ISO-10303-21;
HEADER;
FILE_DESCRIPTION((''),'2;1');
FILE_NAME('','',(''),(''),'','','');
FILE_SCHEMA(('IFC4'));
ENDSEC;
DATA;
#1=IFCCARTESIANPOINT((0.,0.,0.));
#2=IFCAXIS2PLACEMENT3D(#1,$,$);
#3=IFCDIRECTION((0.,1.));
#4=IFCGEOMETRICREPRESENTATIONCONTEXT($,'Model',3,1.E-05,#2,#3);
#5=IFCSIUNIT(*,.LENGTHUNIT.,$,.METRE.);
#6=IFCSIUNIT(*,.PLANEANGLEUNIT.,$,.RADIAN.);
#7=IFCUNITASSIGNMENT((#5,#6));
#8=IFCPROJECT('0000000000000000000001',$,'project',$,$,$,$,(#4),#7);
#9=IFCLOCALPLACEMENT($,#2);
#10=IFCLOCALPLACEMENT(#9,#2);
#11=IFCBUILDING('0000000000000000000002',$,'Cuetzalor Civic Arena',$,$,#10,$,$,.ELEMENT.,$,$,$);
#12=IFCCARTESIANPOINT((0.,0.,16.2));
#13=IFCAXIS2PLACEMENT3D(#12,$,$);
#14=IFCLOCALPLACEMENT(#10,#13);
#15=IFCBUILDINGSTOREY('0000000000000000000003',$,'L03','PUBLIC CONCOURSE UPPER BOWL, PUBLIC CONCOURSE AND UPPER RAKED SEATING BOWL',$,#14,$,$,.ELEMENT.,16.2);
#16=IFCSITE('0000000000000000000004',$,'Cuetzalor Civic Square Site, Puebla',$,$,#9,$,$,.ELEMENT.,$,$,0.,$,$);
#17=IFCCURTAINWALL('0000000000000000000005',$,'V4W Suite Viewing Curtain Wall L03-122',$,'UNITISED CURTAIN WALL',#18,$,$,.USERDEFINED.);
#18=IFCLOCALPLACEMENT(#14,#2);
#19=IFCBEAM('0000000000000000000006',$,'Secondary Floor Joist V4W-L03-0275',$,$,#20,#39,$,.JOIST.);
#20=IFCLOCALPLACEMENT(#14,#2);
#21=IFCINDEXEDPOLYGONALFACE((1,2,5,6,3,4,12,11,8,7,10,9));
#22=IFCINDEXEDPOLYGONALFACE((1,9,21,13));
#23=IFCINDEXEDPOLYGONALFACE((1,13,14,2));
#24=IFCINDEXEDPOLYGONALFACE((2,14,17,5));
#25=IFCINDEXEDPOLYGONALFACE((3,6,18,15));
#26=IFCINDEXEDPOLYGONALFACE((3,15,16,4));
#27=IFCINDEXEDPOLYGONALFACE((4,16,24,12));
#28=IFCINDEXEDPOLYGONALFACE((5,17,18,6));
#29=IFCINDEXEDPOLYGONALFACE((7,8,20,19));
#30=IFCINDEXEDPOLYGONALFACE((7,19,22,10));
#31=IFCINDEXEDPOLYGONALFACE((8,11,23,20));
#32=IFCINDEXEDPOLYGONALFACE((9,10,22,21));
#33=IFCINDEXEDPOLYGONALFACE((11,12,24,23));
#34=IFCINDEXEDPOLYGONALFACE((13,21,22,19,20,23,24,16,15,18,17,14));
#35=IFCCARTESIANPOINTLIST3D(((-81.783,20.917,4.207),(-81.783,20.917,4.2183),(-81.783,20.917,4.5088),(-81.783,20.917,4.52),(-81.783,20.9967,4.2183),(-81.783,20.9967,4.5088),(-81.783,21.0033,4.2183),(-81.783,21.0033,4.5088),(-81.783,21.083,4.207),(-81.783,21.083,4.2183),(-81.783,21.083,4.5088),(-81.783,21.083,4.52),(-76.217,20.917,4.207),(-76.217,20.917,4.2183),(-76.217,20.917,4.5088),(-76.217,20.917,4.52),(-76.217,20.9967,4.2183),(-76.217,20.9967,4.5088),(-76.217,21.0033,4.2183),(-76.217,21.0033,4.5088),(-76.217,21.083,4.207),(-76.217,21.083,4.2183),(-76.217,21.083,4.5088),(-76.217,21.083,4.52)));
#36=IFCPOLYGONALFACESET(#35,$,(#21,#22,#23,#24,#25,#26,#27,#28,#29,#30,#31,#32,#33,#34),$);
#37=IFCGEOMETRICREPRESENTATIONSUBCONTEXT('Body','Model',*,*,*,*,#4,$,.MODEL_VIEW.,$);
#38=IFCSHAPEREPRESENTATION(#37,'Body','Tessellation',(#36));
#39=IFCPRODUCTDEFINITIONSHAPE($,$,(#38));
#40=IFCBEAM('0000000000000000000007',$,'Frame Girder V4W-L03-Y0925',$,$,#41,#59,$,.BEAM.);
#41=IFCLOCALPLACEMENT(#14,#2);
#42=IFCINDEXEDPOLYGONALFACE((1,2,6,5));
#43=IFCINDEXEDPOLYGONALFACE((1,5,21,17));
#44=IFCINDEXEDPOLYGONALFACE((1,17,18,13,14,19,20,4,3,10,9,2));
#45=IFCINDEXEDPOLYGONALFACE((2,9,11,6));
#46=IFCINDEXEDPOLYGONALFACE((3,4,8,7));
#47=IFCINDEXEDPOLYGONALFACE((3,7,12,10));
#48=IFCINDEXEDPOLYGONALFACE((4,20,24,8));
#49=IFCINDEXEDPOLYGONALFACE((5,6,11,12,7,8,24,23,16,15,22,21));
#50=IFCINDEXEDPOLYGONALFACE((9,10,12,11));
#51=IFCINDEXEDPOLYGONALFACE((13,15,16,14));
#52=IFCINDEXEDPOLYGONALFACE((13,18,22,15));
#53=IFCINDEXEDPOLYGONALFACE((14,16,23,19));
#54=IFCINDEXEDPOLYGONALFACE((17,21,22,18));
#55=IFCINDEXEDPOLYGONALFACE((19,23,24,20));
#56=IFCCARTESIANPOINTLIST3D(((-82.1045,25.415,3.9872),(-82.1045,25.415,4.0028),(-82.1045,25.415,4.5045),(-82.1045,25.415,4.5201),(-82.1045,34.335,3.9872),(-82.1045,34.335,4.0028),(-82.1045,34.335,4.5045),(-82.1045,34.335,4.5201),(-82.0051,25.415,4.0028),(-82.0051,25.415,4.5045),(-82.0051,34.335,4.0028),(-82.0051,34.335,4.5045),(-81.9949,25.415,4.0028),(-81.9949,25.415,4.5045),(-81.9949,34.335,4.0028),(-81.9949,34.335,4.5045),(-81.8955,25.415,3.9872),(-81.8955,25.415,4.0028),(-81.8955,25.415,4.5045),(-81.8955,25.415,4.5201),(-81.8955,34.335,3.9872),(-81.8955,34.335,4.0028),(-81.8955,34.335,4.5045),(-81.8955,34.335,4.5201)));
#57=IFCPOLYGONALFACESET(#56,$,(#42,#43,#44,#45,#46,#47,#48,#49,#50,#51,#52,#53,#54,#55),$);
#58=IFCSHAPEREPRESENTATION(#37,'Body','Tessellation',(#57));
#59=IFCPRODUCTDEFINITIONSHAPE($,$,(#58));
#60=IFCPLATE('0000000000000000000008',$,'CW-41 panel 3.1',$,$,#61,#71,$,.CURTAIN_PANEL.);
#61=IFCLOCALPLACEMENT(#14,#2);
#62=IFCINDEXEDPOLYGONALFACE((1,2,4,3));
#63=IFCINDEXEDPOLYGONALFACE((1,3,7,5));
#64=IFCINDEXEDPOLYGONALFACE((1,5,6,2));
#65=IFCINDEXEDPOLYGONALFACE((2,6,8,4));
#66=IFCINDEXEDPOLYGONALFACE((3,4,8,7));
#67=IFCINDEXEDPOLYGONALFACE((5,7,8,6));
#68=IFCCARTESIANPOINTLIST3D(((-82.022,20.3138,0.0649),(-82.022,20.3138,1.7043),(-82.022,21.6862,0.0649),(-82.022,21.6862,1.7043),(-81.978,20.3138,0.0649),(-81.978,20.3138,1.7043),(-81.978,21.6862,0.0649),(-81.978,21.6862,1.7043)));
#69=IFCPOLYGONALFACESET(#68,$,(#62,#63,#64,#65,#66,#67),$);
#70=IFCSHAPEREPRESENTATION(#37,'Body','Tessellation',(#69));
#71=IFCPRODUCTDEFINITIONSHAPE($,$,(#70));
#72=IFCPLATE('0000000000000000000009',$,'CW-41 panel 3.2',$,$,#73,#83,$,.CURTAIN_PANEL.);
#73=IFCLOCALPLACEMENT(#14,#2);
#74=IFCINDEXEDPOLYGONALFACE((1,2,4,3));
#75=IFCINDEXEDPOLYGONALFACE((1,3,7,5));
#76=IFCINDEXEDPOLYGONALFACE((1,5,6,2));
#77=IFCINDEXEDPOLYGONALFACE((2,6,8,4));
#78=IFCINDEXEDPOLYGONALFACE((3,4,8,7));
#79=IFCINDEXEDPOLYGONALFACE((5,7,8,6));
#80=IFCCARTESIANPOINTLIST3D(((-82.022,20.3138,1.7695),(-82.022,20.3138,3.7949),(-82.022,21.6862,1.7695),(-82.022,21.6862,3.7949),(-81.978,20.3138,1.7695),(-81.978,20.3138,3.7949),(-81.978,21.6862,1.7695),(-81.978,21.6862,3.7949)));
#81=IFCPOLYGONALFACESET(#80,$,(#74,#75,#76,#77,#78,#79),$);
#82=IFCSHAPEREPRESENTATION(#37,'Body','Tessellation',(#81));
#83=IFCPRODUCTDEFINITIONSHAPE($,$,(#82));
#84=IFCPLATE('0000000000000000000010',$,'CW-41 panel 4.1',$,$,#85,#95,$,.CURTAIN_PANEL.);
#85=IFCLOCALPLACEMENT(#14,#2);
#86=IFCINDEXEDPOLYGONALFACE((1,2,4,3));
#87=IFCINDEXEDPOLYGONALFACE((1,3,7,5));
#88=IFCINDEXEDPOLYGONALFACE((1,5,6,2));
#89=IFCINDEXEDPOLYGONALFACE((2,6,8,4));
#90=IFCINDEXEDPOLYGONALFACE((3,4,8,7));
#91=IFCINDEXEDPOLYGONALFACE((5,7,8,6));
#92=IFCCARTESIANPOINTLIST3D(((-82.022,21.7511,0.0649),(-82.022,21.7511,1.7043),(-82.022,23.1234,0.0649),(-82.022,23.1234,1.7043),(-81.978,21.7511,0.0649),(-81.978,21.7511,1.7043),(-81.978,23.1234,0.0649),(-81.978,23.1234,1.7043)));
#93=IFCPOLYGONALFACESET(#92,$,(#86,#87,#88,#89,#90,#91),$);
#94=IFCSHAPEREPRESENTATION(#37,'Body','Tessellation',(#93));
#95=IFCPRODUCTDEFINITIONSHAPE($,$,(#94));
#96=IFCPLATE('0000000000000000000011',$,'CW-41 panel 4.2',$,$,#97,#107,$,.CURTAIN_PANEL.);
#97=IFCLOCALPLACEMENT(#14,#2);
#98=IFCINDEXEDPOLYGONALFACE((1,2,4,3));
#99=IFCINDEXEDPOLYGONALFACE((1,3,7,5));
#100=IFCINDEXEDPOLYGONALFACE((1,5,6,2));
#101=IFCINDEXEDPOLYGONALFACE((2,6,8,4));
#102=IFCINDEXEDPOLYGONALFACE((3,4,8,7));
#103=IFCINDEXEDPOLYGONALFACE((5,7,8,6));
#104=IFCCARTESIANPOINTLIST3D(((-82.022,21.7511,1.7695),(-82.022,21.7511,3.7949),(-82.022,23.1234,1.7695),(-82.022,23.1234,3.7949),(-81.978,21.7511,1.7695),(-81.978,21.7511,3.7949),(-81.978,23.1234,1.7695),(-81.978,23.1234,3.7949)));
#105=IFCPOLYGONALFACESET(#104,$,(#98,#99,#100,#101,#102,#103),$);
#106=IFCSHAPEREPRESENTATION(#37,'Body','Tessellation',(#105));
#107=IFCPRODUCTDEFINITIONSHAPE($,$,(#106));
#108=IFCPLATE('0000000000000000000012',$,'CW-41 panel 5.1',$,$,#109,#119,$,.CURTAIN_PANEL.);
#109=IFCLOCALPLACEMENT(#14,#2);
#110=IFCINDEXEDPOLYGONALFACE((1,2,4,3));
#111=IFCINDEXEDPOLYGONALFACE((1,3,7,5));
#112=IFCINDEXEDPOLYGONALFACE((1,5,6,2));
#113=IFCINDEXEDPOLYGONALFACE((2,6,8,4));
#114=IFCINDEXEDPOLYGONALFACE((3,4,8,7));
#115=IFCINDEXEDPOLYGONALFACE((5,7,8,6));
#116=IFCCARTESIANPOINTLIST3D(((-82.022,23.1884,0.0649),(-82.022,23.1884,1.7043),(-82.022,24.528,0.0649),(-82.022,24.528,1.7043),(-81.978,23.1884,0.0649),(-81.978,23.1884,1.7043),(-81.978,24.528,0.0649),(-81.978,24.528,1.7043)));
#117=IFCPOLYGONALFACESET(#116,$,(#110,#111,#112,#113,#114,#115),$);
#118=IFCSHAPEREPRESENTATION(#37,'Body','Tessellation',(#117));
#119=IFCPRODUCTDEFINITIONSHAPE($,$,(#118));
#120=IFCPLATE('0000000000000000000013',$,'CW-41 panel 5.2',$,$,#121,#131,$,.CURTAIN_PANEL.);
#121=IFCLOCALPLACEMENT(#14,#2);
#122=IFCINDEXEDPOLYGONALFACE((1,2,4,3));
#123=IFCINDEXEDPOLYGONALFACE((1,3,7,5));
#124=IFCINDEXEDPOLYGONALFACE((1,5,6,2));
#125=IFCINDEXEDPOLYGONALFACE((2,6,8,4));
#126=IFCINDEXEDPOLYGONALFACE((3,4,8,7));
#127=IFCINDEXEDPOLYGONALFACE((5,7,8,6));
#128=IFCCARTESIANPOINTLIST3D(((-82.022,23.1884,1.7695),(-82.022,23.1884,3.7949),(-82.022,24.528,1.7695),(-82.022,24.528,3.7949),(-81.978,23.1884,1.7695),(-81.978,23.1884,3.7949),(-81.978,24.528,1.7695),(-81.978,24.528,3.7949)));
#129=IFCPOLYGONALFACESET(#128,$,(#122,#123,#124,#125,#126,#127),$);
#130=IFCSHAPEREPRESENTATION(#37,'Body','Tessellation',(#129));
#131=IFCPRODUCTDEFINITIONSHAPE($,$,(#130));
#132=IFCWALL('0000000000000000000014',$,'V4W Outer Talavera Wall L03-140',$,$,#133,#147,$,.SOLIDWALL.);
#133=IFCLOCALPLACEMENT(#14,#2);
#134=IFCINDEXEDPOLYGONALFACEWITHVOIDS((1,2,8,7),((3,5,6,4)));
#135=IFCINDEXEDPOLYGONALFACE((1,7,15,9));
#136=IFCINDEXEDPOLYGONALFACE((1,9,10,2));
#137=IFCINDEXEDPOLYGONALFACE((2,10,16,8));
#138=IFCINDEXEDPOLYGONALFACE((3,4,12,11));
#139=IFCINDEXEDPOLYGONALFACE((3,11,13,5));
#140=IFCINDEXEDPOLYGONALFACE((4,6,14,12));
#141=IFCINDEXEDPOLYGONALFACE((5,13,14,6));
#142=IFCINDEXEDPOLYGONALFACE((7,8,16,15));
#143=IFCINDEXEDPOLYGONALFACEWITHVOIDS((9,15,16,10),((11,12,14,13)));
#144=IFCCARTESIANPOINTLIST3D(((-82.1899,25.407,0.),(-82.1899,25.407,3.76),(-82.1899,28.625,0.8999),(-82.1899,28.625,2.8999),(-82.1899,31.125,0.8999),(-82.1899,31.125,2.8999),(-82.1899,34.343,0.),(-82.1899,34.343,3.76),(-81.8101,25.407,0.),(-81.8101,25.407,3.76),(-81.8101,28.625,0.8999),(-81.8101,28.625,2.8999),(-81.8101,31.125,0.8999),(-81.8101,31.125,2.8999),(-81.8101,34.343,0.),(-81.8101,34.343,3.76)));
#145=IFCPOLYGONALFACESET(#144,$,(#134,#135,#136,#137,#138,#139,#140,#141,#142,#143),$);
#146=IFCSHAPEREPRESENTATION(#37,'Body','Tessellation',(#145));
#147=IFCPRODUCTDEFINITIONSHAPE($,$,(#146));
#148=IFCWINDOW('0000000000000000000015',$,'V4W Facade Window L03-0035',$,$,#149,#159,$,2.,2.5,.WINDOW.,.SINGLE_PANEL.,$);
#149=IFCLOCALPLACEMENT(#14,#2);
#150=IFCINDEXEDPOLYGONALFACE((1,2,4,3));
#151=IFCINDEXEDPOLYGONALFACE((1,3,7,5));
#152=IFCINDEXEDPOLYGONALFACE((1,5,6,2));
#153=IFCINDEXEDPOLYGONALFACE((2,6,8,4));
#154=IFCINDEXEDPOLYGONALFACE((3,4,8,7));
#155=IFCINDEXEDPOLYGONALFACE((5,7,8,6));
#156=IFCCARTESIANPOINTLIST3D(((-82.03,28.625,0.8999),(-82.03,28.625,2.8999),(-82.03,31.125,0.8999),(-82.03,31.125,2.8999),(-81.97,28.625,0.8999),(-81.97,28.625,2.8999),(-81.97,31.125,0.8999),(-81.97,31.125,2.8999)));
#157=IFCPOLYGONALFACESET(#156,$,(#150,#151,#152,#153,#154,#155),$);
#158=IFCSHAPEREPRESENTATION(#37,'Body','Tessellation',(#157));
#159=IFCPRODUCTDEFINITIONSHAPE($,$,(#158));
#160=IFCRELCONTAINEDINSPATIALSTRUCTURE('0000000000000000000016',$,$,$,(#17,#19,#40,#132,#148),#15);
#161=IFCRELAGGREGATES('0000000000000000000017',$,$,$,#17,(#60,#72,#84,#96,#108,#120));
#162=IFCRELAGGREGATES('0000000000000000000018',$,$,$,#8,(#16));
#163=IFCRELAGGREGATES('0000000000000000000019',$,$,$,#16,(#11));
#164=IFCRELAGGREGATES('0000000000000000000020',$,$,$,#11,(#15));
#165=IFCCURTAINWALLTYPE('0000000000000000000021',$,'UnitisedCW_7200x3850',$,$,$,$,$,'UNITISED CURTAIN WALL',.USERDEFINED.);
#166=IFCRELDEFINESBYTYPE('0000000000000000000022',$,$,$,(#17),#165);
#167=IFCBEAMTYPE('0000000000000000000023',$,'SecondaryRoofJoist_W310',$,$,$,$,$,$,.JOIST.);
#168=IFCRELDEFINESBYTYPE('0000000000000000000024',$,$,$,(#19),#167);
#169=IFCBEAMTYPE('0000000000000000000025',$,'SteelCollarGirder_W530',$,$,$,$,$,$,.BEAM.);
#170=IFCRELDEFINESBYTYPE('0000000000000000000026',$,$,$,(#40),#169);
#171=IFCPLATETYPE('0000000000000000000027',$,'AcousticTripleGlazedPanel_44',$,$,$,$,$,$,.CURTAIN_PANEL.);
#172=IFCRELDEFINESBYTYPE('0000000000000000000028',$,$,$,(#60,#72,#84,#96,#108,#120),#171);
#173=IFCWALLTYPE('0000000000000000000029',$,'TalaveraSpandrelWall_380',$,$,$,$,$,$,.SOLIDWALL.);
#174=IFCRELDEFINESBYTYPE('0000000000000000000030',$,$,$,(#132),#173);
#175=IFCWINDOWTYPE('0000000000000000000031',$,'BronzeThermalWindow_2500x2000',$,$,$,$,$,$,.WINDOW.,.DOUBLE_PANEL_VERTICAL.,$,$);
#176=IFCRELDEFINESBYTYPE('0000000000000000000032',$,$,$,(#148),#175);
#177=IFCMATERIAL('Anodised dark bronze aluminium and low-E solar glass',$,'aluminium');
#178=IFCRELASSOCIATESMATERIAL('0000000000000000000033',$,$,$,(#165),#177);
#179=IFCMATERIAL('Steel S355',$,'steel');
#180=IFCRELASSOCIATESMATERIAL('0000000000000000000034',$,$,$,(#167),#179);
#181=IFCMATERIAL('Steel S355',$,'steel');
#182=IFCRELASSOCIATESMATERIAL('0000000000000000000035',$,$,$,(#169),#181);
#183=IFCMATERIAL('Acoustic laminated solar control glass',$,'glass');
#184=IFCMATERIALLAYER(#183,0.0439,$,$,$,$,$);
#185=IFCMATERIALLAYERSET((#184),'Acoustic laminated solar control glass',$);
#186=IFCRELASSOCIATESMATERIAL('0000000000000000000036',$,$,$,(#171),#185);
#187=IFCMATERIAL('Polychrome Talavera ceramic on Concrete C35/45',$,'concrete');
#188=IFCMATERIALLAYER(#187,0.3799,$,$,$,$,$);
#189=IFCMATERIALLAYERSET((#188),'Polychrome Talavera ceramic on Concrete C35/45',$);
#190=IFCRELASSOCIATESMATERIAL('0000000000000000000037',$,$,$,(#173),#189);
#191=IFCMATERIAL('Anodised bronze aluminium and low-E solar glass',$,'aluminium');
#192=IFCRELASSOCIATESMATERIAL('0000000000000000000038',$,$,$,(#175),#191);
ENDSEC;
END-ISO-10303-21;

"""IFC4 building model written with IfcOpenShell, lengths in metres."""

from ifc_helpers import new_model, si_unit, direction, frame, frame_2d, origin, origin_2d, place, context, subcontext, project, spatial, rectangle, i_section, extrude, material, layer, layer_set, material_profile, profile_set, type_object, element, fill, aggregate, save


model = new_model("IFC4")

# Units and contexts
model_context = context("Model", 3, precision=1e-05, world=origin(), true_north=direction((0.0, 1.0)))
body_context = subcontext(model_context, "Body", "Model", "MODEL_VIEW")
ifc_project = project(units=[si_unit("LENGTHUNIT", "METRE"), si_unit("PLANEANGLEUNIT", "RADIAN")], contexts=[model_context])

# Site, building, storey
site_placement = place(None, origin())
site = spatial("IfcSite", under=ifc_project, at=site_placement, Name="Cuetzalor Civic Square Site, Puebla", CompositionType="ELEMENT", RefElevation=0.0)
building_placement = place(site_placement, origin())
building = spatial("IfcBuilding", under=site, at=building_placement, Name="Cuetzalor Civic Arena", CompositionType="ELEMENT")
storey_placement = place(building_placement, frame((0.0, 0.0, 16.2)))
storey = spatial("IfcBuildingStorey", under=building, at=storey_placement, Name="L03", Description="PUBLIC CONCOURSE UPPER BOWL, PUBLIC CONCOURSE AND UPPER RAKED SEATING BOWL", CompositionType="ELEMENT", Elevation=16.2)

# Curtain wall
ifc_material_1 = material(Name="Anodised dark bronze aluminium and low-E solar glass", Category="aluminium")
curtain_wall_type = type_object("IfcCurtainWallType", Name="UnitisedCW_7200x3850", ElementType="UNITISED CURTAIN WALL", PredefinedType="USERDEFINED", material=ifc_material_1)
curtain_wall_placement = place(storey_placement, origin())
curtain_wall = element("IfcCurtainWall", 1, at=curtain_wall_placement, inside=storey, type_object=curtain_wall_type, Name="V4W Suite Viewing Curtain Wall L03-122", ObjectType="UNITISED CURTAIN WALL", PredefinedType="USERDEFINED")

# Beams
ifc_material_2 = material(Name="Steel S355", Category="steel")
ifc_material_profile_1 = material_profile(ifc_material_2, i_section(OverallWidth=0.166, OverallDepth=0.313, WebThickness=0.0066, FlangeThickness=0.0112, at=origin_2d()), Name="W310x45")
ifc_profile_set_1 = profile_set([ifc_material_profile_1], Name="Steel S355")
beam_type_1 = type_object("IfcBeamType", Name="SecondaryRoofJoist_W310", PredefinedType="JOIST", material=ifc_profile_set_1)
beam_1_placement = place(storey_placement, frame((-81.783, 21.0, 4.3635), z_axis=(1.0, 0.0, 0.0), x_axis=(0.0, 1.0, 0.0)))
element("IfcBeam", 2, at=beam_1_placement, inside=storey, type_object=beam_type_1, Name="Secondary Floor Joist V4W-L03-0275", PredefinedType="JOIST", context=body_context, shape_type="SweptSolid", body=[
    extrude(i_section(OverallWidth=0.166, OverallDepth=0.313, WebThickness=0.0066, FlangeThickness=0.0112, at=origin_2d()), origin(), (0.0, 0.0, 1.0), 5.5659),
])
ifc_material_3 = material(Name="Steel S355", Category="steel")
ifc_material_profile_2 = material_profile(ifc_material_3, i_section(OverallWidth=0.209, OverallDepth=0.533, WebThickness=0.0103, FlangeThickness=0.0156, at=origin_2d()), Name="W530x92")
ifc_profile_set_2 = profile_set([ifc_material_profile_2], Name="Steel S355")
beam_type_2 = type_object("IfcBeamType", Name="SteelCollarGirder_W530", PredefinedType="BEAM", material=ifc_profile_set_2)
beam_2_placement = place(storey_placement, frame((-82.0, 25.415, 4.2537), z_axis=(0.0, 1.0, 0.0), x_axis=(-1.0, 0.0, 0.0)))
element("IfcBeam", 3, at=beam_2_placement, inside=storey, type_object=beam_type_2, Name="Frame Girder V4W-L03-Y0925", PredefinedType="BEAM", context=body_context, shape_type="SweptSolid", body=[
    extrude(i_section(OverallWidth=0.209, OverallDepth=0.533, WebThickness=0.0103, FlangeThickness=0.0156, at=origin_2d()), origin(), (0.0, 0.0, 1.0), 8.9199),
])

# Plates
ifc_material_4 = material(Name="Acoustic laminated solar control glass", Category="glass")
ifc_layer_1 = layer(ifc_material_4, 0.0439)
ifc_layer_set_1 = layer_set([ifc_layer_1], Name="Acoustic laminated solar control glass")
plate_type = type_object("IfcPlateType", Name="AcousticTripleGlazedPanel_44", PredefinedType="CURTAIN_PANEL", material=ifc_layer_set_1)
plate_1_placement = place(storey_placement, frame((-82.0, 21.0, 0.0649), z_axis=(0.0, 0.0, 1.0), x_axis=(0.0, 1.0, 0.0)))
plate_1 = element("IfcPlate", 4, at=plate_1_placement, type_object=plate_type, Name="CW-41 panel 3.1", PredefinedType="CURTAIN_PANEL", context=body_context, shape_type="SweptSolid", body=[
    extrude(rectangle(XDim=1.3723, YDim=0.0439, at=origin_2d()), origin(), (0.0, 0.0, 1.0), 1.6394),
])
plate_2_placement = place(storey_placement, frame((-82.0, 21.0, 1.7695), z_axis=(0.0, 0.0, 1.0), x_axis=(0.0, 1.0, 0.0)))
plate_2 = element("IfcPlate", 5, at=plate_2_placement, type_object=plate_type, Name="CW-41 panel 3.2", PredefinedType="CURTAIN_PANEL", context=body_context, shape_type="SweptSolid", body=[
    extrude(rectangle(XDim=1.3723, YDim=0.0439, at=origin_2d()), origin(), (0.0, 0.0, 1.0), 2.0254),
])
plate_3_placement = place(storey_placement, frame((-82.0, 22.4373, 0.0649), z_axis=(0.0, 0.0, 1.0), x_axis=(0.0, 1.0, 0.0)))
plate_3 = element("IfcPlate", 6, at=plate_3_placement, type_object=plate_type, Name="CW-41 panel 4.1", PredefinedType="CURTAIN_PANEL", context=body_context, shape_type="SweptSolid", body=[
    extrude(rectangle(XDim=1.3723, YDim=0.0439, at=origin_2d()), origin(), (0.0, 0.0, 1.0), 1.6394),
])
plate_4_placement = place(storey_placement, frame((-82.0, 22.4373, 1.7695), z_axis=(0.0, 0.0, 1.0), x_axis=(0.0, 1.0, 0.0)))
plate_4 = element("IfcPlate", 7, at=plate_4_placement, type_object=plate_type, Name="CW-41 panel 4.2", PredefinedType="CURTAIN_PANEL", context=body_context, shape_type="SweptSolid", body=[
    extrude(rectangle(XDim=1.3723, YDim=0.0439, at=origin_2d()), origin(), (0.0, 0.0, 1.0), 2.0254),
])
plate_5_placement = place(storey_placement, frame((-82.0, 23.8582, 0.0649), z_axis=(0.0, 0.0, 1.0), x_axis=(0.0, 1.0, 0.0)))
plate_5 = element("IfcPlate", 8, at=plate_5_placement, type_object=plate_type, Name="CW-41 panel 5.1", PredefinedType="CURTAIN_PANEL", context=body_context, shape_type="SweptSolid", body=[
    extrude(rectangle(XDim=1.3396, YDim=0.0439, at=origin_2d()), origin(), (0.0, 0.0, 1.0), 1.6394),
])
plate_6_placement = place(storey_placement, frame((-82.0, 23.8582, 1.7695), z_axis=(0.0, 0.0, 1.0), x_axis=(0.0, 1.0, 0.0)))
plate_6 = element("IfcPlate", 9, at=plate_6_placement, type_object=plate_type, Name="CW-41 panel 5.2", PredefinedType="CURTAIN_PANEL", context=body_context, shape_type="SweptSolid", body=[
    extrude(rectangle(XDim=1.3396, YDim=0.0439, at=origin_2d()), origin(), (0.0, 0.0, 1.0), 2.0254),
])
aggregate(curtain_wall, [plate_1, plate_2, plate_3, plate_4, plate_5, plate_6])

# Wall, opening, window
ifc_material_5 = material(Name="Polychrome Talavera ceramic on Concrete C35/45", Category="concrete")
ifc_layer_2 = layer(ifc_material_5, 0.3799)
ifc_layer_set_2 = layer_set([ifc_layer_2], Name="Polychrome Talavera ceramic on Concrete C35/45")
wall_type = type_object("IfcWallType", Name="TalaveraSpandrelWall_380", PredefinedType="SOLIDWALL", material=ifc_layer_set_2)
wall_placement = place(storey_placement, frame((-82.0, 25.407, 0.0), z_axis=(0.0, 0.0, 1.0), x_axis=(0.0, 1.0, 0.0)))
wall = element("IfcWall", 10, at=wall_placement, inside=storey, type_object=wall_type, Name="V4W Outer Talavera Wall L03-140", PredefinedType="SOLIDWALL", context=body_context, shape_type="SweptSolid", body=[
    extrude(rectangle(XDim=8.936, YDim=0.3799, at=frame_2d((4.468, 0.0))), origin(), (0.0, 0.0, 1.0), 3.76),
])
opening_placement = place(wall_placement, frame((3.218, 0.0, 0.8999)))
opening = element("IfcOpeningElement", 11, at=opening_placement, cuts=wall, PredefinedType="OPENING", context=body_context, shape_type="SweptSolid", body=[
    extrude(rectangle(XDim=2.5, YDim=2.0, at=frame_2d((1.25, 1.0))), frame((0.0, 0.2, 0.0), z_axis=(0.0, -1.0, 0.0), x_axis=(1.0, 0.0, 0.0)), (0.0, 0.0, 1.0), 0.3999),
])
ifc_material_6 = material(Name="Anodised bronze aluminium and low-E solar glass", Category="aluminium")
window_type = type_object("IfcWindowType", Name="BronzeThermalWindow_2500x2000", PartitioningType="DOUBLE_PANEL_VERTICAL", PredefinedType="WINDOW", material=ifc_material_6)
window_placement = place(opening_placement, origin())
window = element("IfcWindow", 12, at=window_placement, inside=storey, type_object=window_type, Name="V4W Facade Window L03-0035", OverallHeight=2.0, OverallWidth=2.5, PartitioningType="SINGLE_PANEL", PredefinedType="WINDOW", context=body_context, shape_type="SweptSolid", body=[
    extrude(rectangle(XDim=2.5, YDim=2.0, at=frame_2d((1.25, 1.0))), frame((0.0, 0.03, 0.0), z_axis=(0.0, -1.0, 0.0), x_axis=(1.0, 0.0, 0.0)), (0.0, 0.0, 1.0), 0.0601),
])
fill(opening, window)

save(model, "model.ifc")
